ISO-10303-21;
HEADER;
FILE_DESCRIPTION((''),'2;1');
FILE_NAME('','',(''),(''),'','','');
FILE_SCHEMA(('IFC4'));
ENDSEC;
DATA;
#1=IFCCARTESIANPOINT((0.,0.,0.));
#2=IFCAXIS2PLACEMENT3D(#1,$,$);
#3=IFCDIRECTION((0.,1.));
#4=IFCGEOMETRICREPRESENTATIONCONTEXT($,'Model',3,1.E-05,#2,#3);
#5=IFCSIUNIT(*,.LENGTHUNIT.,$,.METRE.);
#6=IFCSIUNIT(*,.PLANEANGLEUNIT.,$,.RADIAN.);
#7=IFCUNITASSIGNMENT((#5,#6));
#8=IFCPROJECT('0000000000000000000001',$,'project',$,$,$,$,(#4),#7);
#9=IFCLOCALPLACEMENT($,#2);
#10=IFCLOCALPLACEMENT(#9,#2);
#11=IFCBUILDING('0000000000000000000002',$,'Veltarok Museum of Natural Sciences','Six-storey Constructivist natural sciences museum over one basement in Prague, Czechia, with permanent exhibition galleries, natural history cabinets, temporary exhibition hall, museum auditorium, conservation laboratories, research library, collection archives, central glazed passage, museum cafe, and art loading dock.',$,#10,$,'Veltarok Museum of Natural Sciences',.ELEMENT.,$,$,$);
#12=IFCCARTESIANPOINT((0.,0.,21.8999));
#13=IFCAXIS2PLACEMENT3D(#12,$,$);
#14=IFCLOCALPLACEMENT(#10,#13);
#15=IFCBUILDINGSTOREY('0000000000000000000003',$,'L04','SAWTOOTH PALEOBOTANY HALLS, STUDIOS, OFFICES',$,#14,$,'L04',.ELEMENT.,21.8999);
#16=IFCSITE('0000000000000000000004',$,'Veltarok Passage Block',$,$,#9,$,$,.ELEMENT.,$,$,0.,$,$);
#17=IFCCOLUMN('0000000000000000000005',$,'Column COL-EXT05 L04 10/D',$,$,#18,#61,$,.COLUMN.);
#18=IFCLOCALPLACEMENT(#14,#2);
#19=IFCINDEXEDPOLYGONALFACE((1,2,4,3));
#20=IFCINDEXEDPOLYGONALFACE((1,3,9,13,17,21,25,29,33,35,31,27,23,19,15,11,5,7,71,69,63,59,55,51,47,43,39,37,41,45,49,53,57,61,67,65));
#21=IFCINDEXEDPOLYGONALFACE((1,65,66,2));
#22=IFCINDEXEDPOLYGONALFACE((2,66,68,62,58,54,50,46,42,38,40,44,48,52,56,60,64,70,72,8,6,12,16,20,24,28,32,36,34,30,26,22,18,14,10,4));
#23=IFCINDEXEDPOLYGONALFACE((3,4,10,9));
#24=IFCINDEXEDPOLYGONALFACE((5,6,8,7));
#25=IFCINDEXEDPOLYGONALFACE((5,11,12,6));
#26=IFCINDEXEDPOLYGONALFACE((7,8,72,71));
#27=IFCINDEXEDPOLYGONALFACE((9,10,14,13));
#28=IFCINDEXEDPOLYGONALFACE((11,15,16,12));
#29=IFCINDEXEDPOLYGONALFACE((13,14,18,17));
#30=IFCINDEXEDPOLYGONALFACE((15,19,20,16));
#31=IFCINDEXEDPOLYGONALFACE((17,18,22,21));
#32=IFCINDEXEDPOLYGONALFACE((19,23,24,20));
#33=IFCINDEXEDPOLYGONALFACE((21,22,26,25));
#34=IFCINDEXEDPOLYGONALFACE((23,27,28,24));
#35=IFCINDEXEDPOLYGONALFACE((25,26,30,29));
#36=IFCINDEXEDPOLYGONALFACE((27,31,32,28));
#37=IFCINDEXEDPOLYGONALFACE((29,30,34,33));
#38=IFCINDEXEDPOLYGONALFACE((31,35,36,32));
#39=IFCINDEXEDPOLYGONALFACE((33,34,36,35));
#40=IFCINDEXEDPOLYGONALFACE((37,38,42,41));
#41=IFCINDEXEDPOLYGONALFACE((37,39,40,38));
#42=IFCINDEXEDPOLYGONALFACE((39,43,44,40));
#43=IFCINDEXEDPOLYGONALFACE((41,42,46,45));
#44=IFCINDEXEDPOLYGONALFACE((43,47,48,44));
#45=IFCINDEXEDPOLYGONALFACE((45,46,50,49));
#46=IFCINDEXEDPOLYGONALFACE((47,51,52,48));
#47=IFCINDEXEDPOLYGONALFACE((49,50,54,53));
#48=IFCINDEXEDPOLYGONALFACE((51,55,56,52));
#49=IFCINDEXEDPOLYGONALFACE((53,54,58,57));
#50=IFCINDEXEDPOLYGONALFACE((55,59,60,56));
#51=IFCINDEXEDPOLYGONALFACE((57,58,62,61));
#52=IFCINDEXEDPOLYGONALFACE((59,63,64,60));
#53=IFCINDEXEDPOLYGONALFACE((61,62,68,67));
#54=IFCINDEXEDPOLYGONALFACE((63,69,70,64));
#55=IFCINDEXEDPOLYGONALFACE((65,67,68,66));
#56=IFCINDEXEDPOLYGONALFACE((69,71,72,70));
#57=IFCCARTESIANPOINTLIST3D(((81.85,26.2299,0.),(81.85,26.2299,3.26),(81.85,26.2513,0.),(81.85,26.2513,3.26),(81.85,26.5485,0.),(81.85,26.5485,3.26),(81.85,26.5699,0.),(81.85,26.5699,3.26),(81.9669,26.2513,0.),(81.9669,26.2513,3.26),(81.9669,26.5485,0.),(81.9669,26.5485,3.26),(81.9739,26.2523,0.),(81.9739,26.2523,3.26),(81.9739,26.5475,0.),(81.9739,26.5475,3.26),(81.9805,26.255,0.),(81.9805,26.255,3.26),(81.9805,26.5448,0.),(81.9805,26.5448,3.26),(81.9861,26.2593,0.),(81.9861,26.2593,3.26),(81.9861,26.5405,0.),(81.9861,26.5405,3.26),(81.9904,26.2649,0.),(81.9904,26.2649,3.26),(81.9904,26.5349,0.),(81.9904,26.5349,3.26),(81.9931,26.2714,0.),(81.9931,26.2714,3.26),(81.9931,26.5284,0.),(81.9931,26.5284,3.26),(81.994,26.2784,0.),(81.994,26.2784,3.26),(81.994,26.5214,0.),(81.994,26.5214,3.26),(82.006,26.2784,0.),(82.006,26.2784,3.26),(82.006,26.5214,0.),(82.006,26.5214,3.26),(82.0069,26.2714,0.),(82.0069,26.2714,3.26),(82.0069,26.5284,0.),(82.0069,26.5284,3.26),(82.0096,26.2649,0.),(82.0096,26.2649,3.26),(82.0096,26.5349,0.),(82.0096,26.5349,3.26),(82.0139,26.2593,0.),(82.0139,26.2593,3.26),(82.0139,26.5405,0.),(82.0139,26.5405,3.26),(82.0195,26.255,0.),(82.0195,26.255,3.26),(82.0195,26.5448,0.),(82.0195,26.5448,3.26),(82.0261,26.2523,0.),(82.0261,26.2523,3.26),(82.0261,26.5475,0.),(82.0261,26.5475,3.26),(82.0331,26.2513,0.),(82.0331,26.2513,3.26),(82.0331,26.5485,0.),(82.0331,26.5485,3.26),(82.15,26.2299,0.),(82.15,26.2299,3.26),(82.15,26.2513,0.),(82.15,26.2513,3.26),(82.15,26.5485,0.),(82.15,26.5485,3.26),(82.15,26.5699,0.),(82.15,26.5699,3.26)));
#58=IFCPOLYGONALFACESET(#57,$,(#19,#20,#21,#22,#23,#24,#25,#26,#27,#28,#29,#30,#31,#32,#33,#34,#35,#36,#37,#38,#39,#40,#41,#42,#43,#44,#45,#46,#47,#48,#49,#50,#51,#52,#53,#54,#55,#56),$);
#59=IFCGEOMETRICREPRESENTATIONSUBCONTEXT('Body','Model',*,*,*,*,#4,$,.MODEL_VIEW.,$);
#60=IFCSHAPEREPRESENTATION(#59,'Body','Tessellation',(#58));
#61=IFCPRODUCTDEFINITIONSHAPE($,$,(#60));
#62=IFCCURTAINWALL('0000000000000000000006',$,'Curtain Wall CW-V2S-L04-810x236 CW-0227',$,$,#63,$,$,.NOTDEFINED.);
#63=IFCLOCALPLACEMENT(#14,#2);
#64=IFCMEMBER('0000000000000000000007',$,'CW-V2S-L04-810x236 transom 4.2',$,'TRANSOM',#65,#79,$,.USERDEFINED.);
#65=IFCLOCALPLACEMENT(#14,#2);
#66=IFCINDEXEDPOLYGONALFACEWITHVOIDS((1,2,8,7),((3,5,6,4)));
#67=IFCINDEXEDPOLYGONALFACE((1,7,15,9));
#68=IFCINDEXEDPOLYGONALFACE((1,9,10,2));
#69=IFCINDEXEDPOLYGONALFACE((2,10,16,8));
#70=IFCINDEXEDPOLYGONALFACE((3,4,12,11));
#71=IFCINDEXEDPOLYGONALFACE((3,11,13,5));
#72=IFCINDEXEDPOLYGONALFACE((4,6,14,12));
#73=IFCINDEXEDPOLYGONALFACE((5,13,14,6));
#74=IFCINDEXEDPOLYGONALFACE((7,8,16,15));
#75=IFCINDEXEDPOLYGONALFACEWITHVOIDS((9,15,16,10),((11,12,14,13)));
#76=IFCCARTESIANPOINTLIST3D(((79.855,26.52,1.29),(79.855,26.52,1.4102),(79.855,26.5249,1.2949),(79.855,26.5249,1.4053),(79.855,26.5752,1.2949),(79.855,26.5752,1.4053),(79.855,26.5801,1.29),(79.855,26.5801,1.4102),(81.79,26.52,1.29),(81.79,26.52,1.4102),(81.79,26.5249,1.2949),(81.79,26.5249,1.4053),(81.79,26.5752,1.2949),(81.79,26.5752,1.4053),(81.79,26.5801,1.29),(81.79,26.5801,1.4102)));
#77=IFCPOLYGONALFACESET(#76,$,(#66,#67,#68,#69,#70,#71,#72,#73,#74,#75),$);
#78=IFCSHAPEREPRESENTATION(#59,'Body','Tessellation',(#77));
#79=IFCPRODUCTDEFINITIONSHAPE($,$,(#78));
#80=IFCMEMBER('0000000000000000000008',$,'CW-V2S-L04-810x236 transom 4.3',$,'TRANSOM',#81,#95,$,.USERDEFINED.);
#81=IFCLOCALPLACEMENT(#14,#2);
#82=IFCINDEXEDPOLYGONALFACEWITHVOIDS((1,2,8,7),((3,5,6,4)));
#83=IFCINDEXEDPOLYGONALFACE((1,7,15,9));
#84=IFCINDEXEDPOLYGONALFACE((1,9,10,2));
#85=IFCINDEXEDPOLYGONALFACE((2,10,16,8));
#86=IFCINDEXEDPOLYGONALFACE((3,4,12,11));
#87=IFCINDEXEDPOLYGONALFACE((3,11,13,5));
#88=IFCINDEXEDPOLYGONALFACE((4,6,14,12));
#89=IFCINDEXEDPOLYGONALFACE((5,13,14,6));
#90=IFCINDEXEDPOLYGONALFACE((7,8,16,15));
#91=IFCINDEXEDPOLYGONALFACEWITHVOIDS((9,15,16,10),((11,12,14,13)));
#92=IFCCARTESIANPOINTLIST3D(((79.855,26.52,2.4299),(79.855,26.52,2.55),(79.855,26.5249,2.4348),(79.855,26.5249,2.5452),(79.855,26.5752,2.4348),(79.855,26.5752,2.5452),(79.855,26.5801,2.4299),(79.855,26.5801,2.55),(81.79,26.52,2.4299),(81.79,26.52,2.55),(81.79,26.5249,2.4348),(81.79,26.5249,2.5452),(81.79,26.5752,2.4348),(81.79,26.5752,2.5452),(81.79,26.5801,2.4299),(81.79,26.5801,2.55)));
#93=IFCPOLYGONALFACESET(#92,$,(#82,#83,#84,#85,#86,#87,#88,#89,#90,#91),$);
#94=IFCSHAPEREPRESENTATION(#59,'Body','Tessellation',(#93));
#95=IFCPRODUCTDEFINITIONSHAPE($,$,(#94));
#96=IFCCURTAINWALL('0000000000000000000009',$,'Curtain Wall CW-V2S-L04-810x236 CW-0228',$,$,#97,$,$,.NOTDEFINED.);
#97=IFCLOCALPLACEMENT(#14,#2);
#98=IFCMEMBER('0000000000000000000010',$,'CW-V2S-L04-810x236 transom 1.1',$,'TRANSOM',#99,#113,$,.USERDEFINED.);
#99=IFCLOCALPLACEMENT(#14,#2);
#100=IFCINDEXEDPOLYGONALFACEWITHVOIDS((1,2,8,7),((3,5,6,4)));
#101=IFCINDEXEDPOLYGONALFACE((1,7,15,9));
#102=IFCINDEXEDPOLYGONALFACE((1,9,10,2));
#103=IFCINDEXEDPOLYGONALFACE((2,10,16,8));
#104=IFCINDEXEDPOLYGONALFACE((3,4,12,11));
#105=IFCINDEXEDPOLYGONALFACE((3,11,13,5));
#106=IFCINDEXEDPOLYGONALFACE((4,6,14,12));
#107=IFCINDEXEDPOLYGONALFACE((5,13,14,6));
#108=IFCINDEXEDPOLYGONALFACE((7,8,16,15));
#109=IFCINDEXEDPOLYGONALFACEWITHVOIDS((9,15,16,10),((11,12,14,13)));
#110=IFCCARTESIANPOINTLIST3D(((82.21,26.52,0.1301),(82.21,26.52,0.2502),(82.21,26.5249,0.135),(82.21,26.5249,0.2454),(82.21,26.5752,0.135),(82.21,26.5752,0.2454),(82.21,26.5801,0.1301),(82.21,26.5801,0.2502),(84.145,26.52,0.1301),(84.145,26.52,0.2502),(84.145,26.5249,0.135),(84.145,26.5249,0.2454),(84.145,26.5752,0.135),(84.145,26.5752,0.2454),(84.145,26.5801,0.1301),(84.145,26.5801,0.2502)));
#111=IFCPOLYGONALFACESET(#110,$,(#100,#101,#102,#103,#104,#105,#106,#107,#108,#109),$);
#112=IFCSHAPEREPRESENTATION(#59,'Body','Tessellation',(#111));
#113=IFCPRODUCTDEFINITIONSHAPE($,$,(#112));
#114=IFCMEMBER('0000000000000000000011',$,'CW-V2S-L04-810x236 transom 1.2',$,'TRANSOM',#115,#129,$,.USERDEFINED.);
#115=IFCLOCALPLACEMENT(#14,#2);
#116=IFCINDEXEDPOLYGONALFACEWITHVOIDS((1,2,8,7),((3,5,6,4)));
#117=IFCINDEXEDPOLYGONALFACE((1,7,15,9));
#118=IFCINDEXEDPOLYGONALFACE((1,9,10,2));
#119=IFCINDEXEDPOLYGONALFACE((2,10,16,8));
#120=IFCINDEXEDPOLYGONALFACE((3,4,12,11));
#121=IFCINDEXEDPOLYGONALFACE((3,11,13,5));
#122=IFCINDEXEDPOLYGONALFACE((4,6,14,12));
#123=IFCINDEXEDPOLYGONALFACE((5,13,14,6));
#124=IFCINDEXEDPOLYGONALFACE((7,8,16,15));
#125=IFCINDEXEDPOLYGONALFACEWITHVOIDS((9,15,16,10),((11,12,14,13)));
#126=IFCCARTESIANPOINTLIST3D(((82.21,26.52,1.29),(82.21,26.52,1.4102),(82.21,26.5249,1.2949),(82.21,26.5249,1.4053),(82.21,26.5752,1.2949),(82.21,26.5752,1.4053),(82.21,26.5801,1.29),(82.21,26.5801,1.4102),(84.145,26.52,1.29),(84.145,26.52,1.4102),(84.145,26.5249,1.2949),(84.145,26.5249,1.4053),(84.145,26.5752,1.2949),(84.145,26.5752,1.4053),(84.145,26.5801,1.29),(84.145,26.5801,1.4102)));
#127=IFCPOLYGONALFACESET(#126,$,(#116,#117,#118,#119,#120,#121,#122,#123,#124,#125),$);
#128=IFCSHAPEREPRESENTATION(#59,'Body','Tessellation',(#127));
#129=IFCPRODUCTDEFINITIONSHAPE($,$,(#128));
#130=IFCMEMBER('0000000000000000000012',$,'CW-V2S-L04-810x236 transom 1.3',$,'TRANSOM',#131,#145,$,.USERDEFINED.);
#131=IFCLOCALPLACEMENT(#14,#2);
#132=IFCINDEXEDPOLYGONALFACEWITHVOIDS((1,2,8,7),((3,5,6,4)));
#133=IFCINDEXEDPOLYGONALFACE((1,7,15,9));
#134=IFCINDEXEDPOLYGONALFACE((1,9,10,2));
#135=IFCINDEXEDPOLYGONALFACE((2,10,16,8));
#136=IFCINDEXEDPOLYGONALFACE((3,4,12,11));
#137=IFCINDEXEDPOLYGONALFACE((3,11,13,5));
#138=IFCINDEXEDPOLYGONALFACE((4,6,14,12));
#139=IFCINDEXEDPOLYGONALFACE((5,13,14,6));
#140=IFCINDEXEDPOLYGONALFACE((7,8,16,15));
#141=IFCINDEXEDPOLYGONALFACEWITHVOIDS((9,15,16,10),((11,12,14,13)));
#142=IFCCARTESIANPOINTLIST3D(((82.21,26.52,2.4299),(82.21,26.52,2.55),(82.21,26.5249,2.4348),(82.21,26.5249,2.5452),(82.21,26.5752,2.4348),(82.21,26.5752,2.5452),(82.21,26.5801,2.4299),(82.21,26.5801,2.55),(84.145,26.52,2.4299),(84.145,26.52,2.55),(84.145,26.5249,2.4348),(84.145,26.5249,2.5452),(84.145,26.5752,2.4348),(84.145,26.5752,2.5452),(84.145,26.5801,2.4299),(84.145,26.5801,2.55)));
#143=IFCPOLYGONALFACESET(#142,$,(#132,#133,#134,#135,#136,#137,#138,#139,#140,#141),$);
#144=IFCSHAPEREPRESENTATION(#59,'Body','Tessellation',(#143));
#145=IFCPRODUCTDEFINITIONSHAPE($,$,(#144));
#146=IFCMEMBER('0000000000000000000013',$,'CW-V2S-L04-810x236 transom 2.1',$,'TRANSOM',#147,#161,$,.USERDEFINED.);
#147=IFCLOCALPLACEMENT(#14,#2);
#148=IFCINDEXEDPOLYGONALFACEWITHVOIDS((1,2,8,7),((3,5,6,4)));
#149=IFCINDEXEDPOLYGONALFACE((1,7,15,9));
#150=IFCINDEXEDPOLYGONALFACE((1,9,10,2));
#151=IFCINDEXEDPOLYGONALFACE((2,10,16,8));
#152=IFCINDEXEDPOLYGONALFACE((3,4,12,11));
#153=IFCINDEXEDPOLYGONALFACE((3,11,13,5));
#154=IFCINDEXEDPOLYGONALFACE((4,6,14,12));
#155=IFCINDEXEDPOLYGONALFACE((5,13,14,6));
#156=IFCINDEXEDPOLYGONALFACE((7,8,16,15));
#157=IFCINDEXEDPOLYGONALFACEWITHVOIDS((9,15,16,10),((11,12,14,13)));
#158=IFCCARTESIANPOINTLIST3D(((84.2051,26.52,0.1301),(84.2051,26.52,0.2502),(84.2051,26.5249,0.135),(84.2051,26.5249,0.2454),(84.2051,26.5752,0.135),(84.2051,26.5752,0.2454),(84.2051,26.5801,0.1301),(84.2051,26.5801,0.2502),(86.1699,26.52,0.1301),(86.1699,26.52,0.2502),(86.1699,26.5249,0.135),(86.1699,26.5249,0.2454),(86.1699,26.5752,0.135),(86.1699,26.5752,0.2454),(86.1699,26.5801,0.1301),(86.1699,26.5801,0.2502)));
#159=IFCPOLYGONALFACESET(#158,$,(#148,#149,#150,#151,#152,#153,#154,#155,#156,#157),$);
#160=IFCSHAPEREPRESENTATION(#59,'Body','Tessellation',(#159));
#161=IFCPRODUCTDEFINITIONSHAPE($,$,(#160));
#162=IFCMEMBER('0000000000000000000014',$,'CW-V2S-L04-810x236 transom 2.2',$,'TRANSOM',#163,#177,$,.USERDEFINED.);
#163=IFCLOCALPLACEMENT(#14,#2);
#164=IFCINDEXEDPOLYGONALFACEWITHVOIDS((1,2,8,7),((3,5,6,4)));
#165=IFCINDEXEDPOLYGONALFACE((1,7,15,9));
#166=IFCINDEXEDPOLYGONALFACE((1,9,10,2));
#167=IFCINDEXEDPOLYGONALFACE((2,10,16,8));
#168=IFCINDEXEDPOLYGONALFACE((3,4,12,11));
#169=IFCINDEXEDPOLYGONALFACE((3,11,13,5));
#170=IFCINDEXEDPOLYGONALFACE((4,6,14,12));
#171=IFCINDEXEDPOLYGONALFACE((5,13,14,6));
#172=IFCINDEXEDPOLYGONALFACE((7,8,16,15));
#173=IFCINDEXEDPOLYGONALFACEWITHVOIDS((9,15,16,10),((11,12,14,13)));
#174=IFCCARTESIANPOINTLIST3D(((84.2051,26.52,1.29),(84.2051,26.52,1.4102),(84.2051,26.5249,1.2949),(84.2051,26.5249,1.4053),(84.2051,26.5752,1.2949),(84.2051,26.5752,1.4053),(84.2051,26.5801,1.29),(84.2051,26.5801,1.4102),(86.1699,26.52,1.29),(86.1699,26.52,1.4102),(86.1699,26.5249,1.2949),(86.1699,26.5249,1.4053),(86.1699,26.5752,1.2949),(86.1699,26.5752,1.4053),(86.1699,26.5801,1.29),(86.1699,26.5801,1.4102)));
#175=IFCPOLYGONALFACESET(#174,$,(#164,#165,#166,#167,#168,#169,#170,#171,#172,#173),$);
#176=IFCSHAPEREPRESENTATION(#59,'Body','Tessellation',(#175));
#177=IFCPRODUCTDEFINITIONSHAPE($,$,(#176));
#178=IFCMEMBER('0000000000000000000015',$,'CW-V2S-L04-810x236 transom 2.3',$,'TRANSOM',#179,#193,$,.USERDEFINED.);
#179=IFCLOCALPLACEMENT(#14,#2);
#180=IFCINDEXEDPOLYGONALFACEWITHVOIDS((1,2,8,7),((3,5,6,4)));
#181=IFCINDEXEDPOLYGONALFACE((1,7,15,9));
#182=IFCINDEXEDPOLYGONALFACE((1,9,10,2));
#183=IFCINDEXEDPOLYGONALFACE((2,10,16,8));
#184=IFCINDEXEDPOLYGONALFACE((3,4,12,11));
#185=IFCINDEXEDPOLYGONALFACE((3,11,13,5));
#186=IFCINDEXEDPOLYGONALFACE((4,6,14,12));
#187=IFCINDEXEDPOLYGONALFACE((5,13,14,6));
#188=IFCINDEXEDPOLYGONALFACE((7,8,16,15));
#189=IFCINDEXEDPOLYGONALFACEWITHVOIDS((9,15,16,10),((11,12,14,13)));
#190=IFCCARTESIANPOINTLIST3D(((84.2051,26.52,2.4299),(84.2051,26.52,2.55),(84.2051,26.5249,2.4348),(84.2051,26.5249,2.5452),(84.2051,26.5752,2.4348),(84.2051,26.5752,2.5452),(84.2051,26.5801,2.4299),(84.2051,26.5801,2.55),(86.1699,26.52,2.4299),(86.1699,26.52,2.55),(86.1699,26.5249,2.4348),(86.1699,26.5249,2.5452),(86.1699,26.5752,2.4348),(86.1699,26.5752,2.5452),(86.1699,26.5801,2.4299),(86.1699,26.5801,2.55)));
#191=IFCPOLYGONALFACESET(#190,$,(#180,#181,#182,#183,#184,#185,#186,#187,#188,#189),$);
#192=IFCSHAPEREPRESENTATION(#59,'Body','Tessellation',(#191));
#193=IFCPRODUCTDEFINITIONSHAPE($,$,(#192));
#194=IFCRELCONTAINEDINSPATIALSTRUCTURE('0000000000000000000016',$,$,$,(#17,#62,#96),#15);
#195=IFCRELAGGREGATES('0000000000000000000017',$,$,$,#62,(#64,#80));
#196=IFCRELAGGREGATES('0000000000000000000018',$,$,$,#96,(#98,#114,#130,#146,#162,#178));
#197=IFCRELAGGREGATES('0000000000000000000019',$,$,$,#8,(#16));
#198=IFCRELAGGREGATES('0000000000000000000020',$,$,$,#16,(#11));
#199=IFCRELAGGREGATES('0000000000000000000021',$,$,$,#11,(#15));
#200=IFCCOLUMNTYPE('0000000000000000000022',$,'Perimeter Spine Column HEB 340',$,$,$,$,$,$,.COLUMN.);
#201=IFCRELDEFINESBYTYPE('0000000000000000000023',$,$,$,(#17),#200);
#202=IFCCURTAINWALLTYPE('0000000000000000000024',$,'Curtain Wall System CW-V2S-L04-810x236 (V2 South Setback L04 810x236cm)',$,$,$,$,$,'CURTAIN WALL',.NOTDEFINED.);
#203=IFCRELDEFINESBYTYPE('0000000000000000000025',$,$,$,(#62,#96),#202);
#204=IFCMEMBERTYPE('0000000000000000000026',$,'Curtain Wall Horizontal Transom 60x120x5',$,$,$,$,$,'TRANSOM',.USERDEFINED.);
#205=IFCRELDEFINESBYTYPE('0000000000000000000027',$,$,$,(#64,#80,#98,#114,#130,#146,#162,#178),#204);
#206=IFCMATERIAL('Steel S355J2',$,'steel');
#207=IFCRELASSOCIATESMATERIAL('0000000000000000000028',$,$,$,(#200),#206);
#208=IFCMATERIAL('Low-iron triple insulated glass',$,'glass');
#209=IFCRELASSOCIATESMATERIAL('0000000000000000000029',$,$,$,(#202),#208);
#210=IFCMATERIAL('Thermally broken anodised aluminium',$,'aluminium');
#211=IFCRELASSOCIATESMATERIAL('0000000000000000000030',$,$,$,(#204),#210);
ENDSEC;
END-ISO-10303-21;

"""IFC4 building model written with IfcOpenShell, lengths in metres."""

from ifc_helpers import new_model, si_unit, direction, frame, origin, origin_2d, place, context, subcontext, project, spatial, hollow_rectangle, i_section, extrude, material, material_profile, profile_set, type_object, element, aggregate, save


model = new_model("IFC4")

# Units and contexts
model_context = context("Model", 3, precision=1e-05, world=origin(), true_north=direction((0.0, 1.0)))
body_context = subcontext(model_context, "Body", "Model", "MODEL_VIEW")
ifc_project = project(units=[si_unit("LENGTHUNIT", "METRE"), si_unit("PLANEANGLEUNIT", "RADIAN")], contexts=[model_context])

# Site, building, storey
site_placement = place(None, origin())
site = spatial("IfcSite", under=ifc_project, at=site_placement, Name="Veltarok Passage Block", CompositionType="ELEMENT", RefElevation=0.0)
building_placement = place(site_placement, origin())
building = spatial("IfcBuilding", under=site, at=building_placement, Name="Veltarok Museum of Natural Sciences", Description="Six-storey Constructivist natural sciences museum over one basement in Prague, Czechia, with permanent exhibition galleries, natural history cabinets, temporary exhibition hall, museum auditorium, conservation laboratories, research library, collection archives, central glazed passage, museum cafe, and art loading dock.", LongName="Veltarok Museum of Natural Sciences", CompositionType="ELEMENT")
storey_placement = place(building_placement, frame((0.0, 0.0, 21.8999)))
storey = spatial("IfcBuildingStorey", under=building, at=storey_placement, Name="L04", Description="SAWTOOTH PALEOBOTANY HALLS, STUDIOS, OFFICES", LongName="L04", CompositionType="ELEMENT", Elevation=21.8999)

# Column
ifc_material_1 = material(Name="Steel S355J2", Category="steel")
ifc_material_profile_1 = material_profile(ifc_material_1, i_section(OverallWidth=0.3, OverallDepth=0.3401, WebThickness=0.012, FlangeThickness=0.0215, FilletRadius=0.0271, at=origin_2d()), Name="HEB 340")
ifc_profile_set_1 = profile_set([ifc_material_profile_1], Name="Steel S355J2")
column_type = type_object("IfcColumnType", Name="Perimeter Spine Column HEB 340", PredefinedType="COLUMN", material=ifc_profile_set_1)
column_placement = place(storey_placement, frame((82.0, 26.3999, 0.0), z_axis=(0.0, 0.0, 1.0), x_axis=(1.0, 0.0, 0.0)))
element("IfcColumn", 1, at=column_placement, inside=storey, type_object=column_type, Name="Column COL-EXT05 L04 10/D", PredefinedType="COLUMN", context=body_context, shape_type="SweptSolid", body=[
    extrude(i_section(OverallWidth=0.3, OverallDepth=0.3401, WebThickness=0.012, FlangeThickness=0.0215, FilletRadius=0.0271, at=origin_2d()), origin(), (0.0, 0.0, 1.0), 3.26),
])

# Curtain walls, members
ifc_material_2 = material(Name="Low-iron triple insulated glass", Category="glass")
curtain_wall_type = type_object("IfcCurtainWallType", Name="Curtain Wall System CW-V2S-L04-810x236 (V2 South Setback L04 810x236cm)", ElementType="CURTAIN WALL", PredefinedType="NOTDEFINED", material=ifc_material_2)
curtain_wall_1_placement = place(storey_placement, origin())
curtain_wall_1 = element("IfcCurtainWall", 2, at=curtain_wall_1_placement, inside=storey, type_object=curtain_wall_type, Name="Curtain Wall CW-V2S-L04-810x236 CW-0227", PredefinedType="NOTDEFINED")
ifc_material_3 = material(Name="Thermally broken anodised aluminium", Category="aluminium")
ifc_material_profile_2 = material_profile(ifc_material_3, hollow_rectangle(XDim=0.0601, YDim=0.1201, WallThickness=0.0049, at=origin_2d()), Name="CW TRANSOM 60x120x5")
ifc_profile_set_2 = profile_set([ifc_material_profile_2], Name="Thermally broken anodised aluminium")
member_type_1 = type_object("IfcMemberType", Name="Curtain Wall Horizontal Transom 60x120x5", ElementType="TRANSOM", PredefinedType="USERDEFINED", material=ifc_profile_set_2)
member_1_placement = place(storey_placement, frame((79.855, 26.55, 1.3501), z_axis=(1.0, 0.0, 0.0), x_axis=(0.0, 1.0, 0.0)))
member_1 = element("IfcMember", 3, at=member_1_placement, type_object=member_type_1, Name="CW-V2S-L04-810x236 transom 4.2", ObjectType="TRANSOM", PredefinedType="USERDEFINED", context=body_context, shape_type="SweptSolid", body=[
    extrude(hollow_rectangle(XDim=0.0601, YDim=0.1201, WallThickness=0.0049, at=origin_2d()), origin(), (0.0, 0.0, 1.0), 1.9351),
])
member_2_placement = place(storey_placement, frame((79.855, 26.55, 2.49), z_axis=(1.0, 0.0, 0.0), x_axis=(0.0, 1.0, 0.0)))
member_2 = element("IfcMember", 4, at=member_2_placement, type_object=member_type_1, Name="CW-V2S-L04-810x236 transom 4.3", ObjectType="TRANSOM", PredefinedType="USERDEFINED", context=body_context, shape_type="SweptSolid", body=[
    extrude(hollow_rectangle(XDim=0.0601, YDim=0.1201, WallThickness=0.0049, at=origin_2d()), origin(), (0.0, 0.0, 1.0), 1.9351),
])
curtain_wall_2_placement = place(storey_placement, origin())
curtain_wall_2 = element("IfcCurtainWall", 5, at=curtain_wall_2_placement, inside=storey, type_object=curtain_wall_type, Name="Curtain Wall CW-V2S-L04-810x236 CW-0228", PredefinedType="NOTDEFINED")
member_3_placement = place(storey_placement, frame((82.21, 26.55, 0.1902), z_axis=(1.0, 0.0, 0.0), x_axis=(0.0, 1.0, 0.0)))
member_3 = element("IfcMember", 6, at=member_3_placement, type_object=member_type_1, Name="CW-V2S-L04-810x236 transom 1.1", ObjectType="TRANSOM", PredefinedType="USERDEFINED", context=body_context, shape_type="SweptSolid", body=[
    extrude(hollow_rectangle(XDim=0.0601, YDim=0.1201, WallThickness=0.0049, at=origin_2d()), origin(), (0.0, 0.0, 1.0), 1.9351),
])
member_4_placement = place(storey_placement, frame((82.21, 26.55, 1.3501), z_axis=(1.0, 0.0, 0.0), x_axis=(0.0, 1.0, 0.0)))
member_4 = element("IfcMember", 7, at=member_4_placement, type_object=member_type_1, Name="CW-V2S-L04-810x236 transom 1.2", ObjectType="TRANSOM", PredefinedType="USERDEFINED", context=body_context, shape_type="SweptSolid", body=[
    extrude(hollow_rectangle(XDim=0.0601, YDim=0.1201, WallThickness=0.0049, at=origin_2d()), origin(), (0.0, 0.0, 1.0), 1.9351),
])
member_5_placement = place(storey_placement, frame((82.21, 26.55, 2.49), z_axis=(1.0, 0.0, 0.0), x_axis=(0.0, 1.0, 0.0)))
member_5 = element("IfcMember", 8, at=member_5_placement, type_object=member_type_1, Name="CW-V2S-L04-810x236 transom 1.3", ObjectType="TRANSOM", PredefinedType="USERDEFINED", context=body_context, shape_type="SweptSolid", body=[
    extrude(hollow_rectangle(XDim=0.0601, YDim=0.1201, WallThickness=0.0049, at=origin_2d()), origin(), (0.0, 0.0, 1.0), 1.9351),
])
member_6_placement = place(storey_placement, frame((84.2051, 26.55, 0.1902), z_axis=(1.0, 0.0, 0.0), x_axis=(0.0, 1.0, 0.0)))
member_6 = element("IfcMember", 9, at=member_6_placement, type_object=member_type_1, Name="CW-V2S-L04-810x236 transom 2.1", ObjectType="TRANSOM", PredefinedType="USERDEFINED", context=body_context, shape_type="SweptSolid", body=[
    extrude(hollow_rectangle(XDim=0.0601, YDim=0.1201, WallThickness=0.0049, at=origin_2d()), origin(), (0.0, 0.0, 1.0), 1.9648),
])
member_7_placement = place(storey_placement, frame((84.2051, 26.55, 1.3501), z_axis=(1.0, 0.0, 0.0), x_axis=(0.0, 1.0, 0.0)))
member_7 = element("IfcMember", 10, at=member_7_placement, type_object=member_type_1, Name="CW-V2S-L04-810x236 transom 2.2", ObjectType="TRANSOM", PredefinedType="USERDEFINED", context=body_context, shape_type="SweptSolid", body=[
    extrude(hollow_rectangle(XDim=0.0601, YDim=0.1201, WallThickness=0.0049, at=origin_2d()), origin(), (0.0, 0.0, 1.0), 1.9648),
])
member_8_placement = place(storey_placement, frame((84.2051, 26.55, 2.49), z_axis=(1.0, 0.0, 0.0), x_axis=(0.0, 1.0, 0.0)))
member_8 = element("IfcMember", 11, at=member_8_placement, type_object=member_type_1, Name="CW-V2S-L04-810x236 transom 2.3", ObjectType="TRANSOM", PredefinedType="USERDEFINED", context=body_context, shape_type="SweptSolid", body=[
    extrude(hollow_rectangle(XDim=0.0601, YDim=0.1201, WallThickness=0.0049, at=origin_2d()), origin(), (0.0, 0.0, 1.0), 1.9648),
])

aggregate(curtain_wall_1, [member_1, member_2])
aggregate(curtain_wall_2, [member_3, member_4, member_5, member_6, member_7, member_8])

save(model, "model.ifc")
